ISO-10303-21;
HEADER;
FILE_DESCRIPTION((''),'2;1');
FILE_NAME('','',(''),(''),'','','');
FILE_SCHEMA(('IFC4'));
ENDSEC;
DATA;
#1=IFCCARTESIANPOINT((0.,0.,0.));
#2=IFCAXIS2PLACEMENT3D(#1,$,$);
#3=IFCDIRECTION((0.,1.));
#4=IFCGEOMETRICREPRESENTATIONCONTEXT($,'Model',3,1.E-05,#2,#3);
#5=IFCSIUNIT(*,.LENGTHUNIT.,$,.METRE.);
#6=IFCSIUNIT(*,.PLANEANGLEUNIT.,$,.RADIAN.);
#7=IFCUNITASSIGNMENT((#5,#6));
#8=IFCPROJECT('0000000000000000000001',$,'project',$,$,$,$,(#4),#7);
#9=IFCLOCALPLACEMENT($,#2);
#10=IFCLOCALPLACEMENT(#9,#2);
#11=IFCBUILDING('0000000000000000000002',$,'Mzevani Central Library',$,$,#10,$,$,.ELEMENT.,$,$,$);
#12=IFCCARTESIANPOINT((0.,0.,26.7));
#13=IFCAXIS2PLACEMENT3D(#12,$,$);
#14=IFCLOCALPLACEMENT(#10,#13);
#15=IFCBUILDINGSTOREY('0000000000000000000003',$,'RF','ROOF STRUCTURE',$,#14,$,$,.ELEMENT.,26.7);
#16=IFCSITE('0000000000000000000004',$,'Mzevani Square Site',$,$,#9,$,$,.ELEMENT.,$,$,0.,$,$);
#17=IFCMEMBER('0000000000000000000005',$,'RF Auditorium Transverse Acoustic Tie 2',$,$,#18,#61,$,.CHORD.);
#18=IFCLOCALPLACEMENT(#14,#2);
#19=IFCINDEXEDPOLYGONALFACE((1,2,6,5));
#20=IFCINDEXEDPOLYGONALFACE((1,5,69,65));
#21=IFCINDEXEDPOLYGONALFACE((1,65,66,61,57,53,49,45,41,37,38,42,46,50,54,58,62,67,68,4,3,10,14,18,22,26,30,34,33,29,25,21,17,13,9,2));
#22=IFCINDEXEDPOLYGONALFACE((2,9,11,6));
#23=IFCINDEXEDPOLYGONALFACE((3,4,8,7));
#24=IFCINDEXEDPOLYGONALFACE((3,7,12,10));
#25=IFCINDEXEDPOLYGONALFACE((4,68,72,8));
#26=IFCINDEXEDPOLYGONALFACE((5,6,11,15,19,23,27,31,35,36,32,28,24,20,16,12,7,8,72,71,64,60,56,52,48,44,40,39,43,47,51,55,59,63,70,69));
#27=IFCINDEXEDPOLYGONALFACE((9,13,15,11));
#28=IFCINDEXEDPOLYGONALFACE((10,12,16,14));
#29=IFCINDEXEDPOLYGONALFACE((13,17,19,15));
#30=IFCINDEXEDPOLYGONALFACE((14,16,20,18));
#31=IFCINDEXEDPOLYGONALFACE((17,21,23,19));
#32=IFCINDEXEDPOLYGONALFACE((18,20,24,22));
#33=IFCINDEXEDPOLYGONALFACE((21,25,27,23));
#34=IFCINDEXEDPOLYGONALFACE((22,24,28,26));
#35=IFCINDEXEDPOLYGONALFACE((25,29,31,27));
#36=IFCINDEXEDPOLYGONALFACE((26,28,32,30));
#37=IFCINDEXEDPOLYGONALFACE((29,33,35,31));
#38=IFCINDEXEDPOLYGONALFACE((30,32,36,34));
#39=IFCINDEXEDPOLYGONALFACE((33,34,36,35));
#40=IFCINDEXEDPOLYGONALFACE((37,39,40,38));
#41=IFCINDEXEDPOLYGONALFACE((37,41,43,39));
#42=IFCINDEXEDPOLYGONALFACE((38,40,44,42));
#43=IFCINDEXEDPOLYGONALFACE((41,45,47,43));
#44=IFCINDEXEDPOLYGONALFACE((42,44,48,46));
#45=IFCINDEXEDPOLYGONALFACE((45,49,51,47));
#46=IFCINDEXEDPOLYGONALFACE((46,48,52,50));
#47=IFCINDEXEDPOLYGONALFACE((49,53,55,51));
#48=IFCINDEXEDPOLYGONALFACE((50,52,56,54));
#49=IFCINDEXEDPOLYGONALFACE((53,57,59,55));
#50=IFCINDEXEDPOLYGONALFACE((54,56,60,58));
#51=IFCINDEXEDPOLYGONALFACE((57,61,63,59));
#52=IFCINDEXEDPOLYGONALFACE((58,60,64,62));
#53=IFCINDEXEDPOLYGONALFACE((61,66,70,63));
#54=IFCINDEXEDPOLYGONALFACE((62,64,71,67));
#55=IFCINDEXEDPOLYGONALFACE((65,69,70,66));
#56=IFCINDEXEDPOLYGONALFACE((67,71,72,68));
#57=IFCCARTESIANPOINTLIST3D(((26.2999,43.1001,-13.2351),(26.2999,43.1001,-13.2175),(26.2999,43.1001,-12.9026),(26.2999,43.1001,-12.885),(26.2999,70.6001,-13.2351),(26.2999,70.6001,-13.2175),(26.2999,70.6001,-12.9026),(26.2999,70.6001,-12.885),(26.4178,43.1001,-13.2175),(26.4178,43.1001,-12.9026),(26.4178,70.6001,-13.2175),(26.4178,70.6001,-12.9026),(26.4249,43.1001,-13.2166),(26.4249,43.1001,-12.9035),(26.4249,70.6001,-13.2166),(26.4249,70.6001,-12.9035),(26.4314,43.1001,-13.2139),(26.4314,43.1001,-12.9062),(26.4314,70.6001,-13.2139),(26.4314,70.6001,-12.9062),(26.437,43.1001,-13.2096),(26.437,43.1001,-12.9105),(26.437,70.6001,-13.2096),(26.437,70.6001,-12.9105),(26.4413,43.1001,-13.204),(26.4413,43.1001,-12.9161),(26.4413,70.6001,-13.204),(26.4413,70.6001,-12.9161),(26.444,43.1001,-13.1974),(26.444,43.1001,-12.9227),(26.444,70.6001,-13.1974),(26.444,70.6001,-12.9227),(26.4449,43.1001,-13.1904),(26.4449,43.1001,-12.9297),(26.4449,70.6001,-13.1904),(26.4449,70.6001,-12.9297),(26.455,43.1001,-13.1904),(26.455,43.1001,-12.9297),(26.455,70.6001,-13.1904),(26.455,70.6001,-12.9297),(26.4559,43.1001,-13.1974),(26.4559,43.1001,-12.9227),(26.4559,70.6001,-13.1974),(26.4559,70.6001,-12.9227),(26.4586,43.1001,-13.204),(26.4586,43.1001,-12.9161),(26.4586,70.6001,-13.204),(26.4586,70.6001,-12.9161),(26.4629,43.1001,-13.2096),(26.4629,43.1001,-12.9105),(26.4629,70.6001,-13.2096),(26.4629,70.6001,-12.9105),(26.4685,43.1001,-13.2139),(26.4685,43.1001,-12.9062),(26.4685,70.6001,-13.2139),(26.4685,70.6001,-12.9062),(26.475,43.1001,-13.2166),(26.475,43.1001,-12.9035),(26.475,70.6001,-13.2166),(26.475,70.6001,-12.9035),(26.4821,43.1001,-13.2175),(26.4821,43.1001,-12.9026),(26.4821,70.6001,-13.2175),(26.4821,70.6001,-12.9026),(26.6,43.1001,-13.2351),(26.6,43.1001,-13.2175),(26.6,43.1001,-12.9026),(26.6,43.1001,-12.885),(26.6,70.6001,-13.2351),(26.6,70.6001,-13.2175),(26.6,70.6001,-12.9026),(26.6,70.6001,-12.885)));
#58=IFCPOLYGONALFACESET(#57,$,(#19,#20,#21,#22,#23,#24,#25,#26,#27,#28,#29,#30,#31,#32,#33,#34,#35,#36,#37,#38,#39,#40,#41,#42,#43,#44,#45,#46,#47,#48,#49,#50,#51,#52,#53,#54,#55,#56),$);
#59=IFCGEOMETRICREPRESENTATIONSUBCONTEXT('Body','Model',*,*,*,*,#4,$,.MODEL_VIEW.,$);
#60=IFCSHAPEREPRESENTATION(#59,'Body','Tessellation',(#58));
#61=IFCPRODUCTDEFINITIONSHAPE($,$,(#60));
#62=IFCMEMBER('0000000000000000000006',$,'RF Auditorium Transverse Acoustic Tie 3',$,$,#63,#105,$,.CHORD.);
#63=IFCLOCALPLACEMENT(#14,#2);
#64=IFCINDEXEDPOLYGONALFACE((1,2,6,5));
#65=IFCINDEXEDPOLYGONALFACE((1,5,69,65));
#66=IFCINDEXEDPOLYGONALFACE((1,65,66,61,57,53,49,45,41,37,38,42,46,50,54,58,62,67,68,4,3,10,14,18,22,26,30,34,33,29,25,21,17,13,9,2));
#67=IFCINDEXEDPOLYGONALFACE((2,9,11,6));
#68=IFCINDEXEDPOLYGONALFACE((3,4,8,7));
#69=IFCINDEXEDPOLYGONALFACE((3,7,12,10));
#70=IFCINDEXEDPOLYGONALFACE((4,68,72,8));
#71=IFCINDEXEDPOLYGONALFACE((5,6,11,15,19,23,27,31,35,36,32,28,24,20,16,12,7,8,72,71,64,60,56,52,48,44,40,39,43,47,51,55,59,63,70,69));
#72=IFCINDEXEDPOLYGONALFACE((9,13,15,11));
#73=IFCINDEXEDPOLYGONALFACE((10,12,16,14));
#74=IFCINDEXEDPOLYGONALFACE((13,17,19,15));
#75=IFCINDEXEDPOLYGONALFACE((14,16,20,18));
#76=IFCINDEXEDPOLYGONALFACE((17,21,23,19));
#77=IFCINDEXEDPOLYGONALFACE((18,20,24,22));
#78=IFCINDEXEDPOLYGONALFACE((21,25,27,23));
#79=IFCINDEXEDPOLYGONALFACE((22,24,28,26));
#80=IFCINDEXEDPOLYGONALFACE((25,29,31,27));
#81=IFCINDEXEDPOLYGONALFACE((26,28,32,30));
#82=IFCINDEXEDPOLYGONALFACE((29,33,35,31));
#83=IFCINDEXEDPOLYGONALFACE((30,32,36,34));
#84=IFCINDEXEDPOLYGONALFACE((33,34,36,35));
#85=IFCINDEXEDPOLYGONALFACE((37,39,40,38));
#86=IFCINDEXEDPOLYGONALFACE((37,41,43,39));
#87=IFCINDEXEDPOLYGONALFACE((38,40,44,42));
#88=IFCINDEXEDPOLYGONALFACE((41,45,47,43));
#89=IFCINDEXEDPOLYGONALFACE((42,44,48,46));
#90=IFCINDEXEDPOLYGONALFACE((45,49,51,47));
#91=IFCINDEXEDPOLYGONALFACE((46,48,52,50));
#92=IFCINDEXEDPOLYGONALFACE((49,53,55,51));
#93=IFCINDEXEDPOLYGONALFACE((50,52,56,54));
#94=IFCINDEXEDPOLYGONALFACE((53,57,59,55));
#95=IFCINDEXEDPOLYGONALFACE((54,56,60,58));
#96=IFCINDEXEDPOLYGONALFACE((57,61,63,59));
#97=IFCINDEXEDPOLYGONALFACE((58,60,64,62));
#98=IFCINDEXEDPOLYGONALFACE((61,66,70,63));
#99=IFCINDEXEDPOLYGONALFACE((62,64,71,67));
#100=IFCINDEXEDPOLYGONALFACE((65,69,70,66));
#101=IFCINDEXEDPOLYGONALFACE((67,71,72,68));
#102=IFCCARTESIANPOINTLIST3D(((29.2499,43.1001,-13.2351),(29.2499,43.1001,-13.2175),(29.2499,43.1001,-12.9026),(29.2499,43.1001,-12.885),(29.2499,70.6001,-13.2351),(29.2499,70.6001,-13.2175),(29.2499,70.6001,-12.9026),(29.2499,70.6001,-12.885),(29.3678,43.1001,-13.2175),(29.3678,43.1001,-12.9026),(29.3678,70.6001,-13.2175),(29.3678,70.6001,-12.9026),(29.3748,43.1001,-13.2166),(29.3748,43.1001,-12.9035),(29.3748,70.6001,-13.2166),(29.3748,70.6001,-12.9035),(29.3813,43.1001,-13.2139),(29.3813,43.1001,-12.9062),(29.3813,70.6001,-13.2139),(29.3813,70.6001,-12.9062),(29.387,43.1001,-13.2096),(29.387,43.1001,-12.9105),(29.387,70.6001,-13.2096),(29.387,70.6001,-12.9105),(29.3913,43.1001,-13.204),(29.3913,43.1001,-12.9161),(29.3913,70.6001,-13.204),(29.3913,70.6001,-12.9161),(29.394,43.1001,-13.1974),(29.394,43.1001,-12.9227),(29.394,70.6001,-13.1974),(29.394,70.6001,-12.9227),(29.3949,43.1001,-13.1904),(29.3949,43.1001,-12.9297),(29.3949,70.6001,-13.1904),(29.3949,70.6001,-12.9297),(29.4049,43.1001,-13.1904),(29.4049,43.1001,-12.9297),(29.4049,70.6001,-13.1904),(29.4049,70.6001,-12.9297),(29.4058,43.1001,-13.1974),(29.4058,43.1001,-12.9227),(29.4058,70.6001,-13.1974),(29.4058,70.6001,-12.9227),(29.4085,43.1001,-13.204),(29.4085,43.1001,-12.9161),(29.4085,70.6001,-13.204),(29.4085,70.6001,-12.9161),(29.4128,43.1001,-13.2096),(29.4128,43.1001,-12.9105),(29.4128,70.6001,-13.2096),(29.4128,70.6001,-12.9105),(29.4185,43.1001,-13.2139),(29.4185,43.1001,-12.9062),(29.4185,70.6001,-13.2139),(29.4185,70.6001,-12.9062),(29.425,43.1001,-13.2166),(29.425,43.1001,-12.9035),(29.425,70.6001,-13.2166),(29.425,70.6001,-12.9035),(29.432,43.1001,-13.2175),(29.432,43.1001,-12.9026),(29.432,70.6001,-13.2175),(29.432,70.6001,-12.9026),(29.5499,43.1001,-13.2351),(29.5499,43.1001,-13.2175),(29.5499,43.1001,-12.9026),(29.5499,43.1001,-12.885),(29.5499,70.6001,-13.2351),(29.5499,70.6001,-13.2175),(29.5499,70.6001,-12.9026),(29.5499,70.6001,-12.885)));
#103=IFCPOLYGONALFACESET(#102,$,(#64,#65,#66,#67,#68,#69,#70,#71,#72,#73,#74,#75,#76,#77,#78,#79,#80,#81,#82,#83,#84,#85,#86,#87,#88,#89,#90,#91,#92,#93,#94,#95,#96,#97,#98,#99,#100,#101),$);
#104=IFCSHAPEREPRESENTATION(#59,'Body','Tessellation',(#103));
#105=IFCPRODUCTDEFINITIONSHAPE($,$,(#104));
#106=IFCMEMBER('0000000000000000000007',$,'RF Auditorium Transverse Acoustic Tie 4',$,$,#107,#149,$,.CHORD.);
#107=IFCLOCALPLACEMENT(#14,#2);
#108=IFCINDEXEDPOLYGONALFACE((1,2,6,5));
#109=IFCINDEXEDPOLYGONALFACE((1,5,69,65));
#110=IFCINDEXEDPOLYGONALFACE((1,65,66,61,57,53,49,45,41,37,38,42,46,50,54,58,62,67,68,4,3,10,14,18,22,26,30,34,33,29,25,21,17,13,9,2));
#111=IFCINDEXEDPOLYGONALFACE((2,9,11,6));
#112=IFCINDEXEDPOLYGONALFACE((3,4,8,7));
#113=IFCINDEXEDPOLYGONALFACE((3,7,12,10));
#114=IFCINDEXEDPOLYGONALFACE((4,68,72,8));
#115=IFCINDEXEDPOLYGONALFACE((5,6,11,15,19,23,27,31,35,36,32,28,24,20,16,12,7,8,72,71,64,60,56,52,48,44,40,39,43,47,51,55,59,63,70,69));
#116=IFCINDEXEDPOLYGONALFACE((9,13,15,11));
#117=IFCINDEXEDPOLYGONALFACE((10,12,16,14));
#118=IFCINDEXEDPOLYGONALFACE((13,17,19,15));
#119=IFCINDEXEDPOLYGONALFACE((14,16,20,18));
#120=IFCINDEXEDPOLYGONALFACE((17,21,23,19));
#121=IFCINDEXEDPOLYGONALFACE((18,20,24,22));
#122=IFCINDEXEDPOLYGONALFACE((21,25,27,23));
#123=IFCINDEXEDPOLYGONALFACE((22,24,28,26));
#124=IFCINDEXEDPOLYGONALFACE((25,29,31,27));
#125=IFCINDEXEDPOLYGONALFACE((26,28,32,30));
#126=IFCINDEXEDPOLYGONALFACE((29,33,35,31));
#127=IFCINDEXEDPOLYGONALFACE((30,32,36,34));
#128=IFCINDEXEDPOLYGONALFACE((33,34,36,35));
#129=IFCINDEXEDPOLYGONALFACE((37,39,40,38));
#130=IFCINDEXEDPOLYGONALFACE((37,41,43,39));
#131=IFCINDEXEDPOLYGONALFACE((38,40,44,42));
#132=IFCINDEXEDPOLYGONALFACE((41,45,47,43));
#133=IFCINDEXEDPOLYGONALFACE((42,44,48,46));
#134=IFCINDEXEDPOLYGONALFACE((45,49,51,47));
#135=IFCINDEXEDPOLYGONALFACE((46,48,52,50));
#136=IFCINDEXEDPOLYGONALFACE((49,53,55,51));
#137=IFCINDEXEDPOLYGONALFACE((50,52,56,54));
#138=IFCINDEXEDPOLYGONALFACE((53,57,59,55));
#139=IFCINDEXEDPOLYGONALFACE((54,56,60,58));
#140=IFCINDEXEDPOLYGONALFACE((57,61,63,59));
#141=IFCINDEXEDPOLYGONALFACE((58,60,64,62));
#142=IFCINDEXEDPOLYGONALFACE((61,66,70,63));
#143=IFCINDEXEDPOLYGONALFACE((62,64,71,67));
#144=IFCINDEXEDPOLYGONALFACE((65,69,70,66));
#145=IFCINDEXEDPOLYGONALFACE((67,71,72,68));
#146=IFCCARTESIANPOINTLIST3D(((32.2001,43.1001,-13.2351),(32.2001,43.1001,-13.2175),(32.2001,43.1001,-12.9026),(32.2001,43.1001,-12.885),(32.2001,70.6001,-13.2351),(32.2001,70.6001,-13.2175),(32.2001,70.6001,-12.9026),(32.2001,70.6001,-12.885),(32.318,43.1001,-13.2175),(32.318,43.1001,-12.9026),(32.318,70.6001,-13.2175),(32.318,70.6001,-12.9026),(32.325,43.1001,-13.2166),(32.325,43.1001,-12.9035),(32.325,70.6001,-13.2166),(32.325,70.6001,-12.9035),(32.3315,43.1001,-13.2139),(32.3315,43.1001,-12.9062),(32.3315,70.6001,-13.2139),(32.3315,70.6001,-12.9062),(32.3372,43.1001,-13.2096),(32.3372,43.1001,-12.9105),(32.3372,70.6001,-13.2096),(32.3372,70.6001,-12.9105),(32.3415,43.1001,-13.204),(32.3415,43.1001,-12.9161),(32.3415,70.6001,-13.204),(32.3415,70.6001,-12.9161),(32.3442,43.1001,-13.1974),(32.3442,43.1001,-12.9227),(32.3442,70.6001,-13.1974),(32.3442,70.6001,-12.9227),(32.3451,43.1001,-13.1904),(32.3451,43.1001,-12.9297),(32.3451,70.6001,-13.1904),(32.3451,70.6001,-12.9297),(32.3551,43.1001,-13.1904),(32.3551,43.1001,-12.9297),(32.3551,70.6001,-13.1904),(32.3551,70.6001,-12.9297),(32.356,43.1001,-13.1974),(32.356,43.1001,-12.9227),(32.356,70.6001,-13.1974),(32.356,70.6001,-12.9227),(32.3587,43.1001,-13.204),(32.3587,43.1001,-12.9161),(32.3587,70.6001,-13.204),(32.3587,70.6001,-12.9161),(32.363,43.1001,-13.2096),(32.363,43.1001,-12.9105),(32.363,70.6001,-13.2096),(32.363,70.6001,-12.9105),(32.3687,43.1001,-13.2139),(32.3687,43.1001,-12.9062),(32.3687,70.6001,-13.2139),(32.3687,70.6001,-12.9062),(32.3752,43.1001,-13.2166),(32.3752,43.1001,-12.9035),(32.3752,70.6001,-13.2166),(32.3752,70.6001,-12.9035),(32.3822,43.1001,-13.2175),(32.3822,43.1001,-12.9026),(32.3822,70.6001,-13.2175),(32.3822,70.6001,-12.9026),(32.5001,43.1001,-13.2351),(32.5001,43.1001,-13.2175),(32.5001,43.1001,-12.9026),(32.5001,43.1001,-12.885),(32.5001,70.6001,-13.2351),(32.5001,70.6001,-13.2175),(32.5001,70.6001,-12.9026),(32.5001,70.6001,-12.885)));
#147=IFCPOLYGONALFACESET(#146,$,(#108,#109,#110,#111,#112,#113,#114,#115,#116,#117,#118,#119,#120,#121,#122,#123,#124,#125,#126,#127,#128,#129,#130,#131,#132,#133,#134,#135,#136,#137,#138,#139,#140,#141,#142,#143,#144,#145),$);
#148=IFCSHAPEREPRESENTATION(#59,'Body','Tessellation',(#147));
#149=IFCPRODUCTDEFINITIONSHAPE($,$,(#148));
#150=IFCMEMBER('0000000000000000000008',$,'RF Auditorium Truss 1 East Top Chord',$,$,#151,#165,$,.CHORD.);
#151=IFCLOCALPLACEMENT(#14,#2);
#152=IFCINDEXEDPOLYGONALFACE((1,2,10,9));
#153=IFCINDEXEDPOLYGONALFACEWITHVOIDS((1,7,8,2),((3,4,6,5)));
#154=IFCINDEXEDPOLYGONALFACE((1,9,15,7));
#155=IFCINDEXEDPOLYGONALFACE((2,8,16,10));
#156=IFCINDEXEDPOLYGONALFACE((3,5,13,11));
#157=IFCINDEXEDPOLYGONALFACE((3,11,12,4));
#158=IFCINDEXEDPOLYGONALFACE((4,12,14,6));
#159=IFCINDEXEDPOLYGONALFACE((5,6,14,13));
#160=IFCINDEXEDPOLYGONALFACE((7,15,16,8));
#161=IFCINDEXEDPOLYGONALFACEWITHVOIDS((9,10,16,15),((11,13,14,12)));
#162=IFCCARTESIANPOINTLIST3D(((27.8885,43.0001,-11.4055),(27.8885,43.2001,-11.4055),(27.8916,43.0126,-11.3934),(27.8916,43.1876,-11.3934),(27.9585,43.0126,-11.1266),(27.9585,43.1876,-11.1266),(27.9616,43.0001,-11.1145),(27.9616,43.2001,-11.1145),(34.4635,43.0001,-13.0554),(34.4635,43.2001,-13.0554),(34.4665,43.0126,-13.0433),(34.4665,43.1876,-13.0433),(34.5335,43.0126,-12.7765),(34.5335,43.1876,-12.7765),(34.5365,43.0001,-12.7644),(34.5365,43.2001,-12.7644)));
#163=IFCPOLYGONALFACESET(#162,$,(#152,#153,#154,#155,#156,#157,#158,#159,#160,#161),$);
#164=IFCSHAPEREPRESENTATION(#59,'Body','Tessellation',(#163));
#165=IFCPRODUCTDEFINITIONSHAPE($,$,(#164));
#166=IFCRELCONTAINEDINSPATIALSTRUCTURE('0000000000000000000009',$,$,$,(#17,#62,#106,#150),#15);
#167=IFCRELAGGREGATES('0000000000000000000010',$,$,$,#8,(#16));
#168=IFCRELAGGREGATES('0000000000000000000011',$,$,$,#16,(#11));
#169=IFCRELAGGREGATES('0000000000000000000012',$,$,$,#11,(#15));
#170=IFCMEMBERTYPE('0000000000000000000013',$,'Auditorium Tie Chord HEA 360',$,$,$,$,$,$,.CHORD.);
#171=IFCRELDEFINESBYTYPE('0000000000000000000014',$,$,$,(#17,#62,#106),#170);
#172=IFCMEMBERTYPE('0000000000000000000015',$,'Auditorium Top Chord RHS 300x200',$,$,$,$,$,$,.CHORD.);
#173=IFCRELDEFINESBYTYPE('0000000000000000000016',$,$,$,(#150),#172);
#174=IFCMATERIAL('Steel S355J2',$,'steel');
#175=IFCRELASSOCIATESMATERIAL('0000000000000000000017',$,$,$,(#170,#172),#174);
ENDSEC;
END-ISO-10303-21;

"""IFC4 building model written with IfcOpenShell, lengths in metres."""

from ifc_helpers import new_model, si_unit, direction, frame, origin, origin_2d, place, context, subcontext, project, spatial, hollow_rectangle, i_section, extrude, material, material_profile, profile_set, type_object, element, save


model = new_model("IFC4")

# Units and contexts
model_context = context("Model", 3, precision=1e-05, world=origin(), true_north=direction((0.0, 1.0)))
body_context = subcontext(model_context, "Body", "Model", "MODEL_VIEW")
ifc_project = project(units=[si_unit("LENGTHUNIT", "METRE"), si_unit("PLANEANGLEUNIT", "RADIAN")], contexts=[model_context])

# Site, building, storey
site_placement = place(None, origin())
site = spatial("IfcSite", under=ifc_project, at=site_placement, Name="Mzevani Square Site", CompositionType="ELEMENT", RefElevation=0.0)
building_placement = place(site_placement, origin())
building = spatial("IfcBuilding", under=site, at=building_placement, Name="Mzevani Central Library", CompositionType="ELEMENT")
storey_placement = place(building_placement, frame((0.0, 0.0, 26.7)))
storey = spatial("IfcBuildingStorey", under=building, at=storey_placement, Name="RF", Description="ROOF STRUCTURE", CompositionType="ELEMENT", Elevation=26.7)

# Members
ifc_material_1 = material(Name="Steel S355J2", Category="steel")
ifc_material_profile_1 = material_profile(ifc_material_1, i_section(OverallWidth=0.3, OverallDepth=0.3501, WebThickness=0.01, FlangeThickness=0.0176, FilletRadius=0.0271, at=origin_2d()), Name="HEA 360")
ifc_profile_set_1 = profile_set([ifc_material_profile_1], Name="Steel S355J2")
member_type_1 = type_object("IfcMemberType", Name="Auditorium Tie Chord HEA 360", PredefinedType="CHORD", material=ifc_profile_set_1)
for number, where, z_axis, x_axis, name in (
    (1, (26.45, 43.1001, -13.0601), (0.0, 1.0, 0.0), (-1.0, 0.0, 0.0), "RF Auditorium Transverse Acoustic Tie 2"),
    (2, (29.3999, 43.1001, -13.0601), (0.0, 1.0, 0.0), (-1.0, 0.0, 0.0), "RF Auditorium Transverse Acoustic Tie 3"),
    (3, (32.3501, 43.1001, -13.0601), (0.0, 1.0, 0.0), (-1.0, 0.0, 0.0), "RF Auditorium Transverse Acoustic Tie 4"),
):
    element("IfcMember", number, at=place(storey_placement, frame(where, z_axis=z_axis, x_axis=x_axis)), inside=storey, type_object=member_type_1, Name=name, PredefinedType="CHORD", context=body_context, shape_type="SweptSolid", body=[
        extrude(i_section(OverallWidth=0.3, OverallDepth=0.3501, WebThickness=0.01, FlangeThickness=0.0176, FilletRadius=0.0271, at=origin_2d()), origin(), (0.0, 0.0, 1.0), 27.5),
    ])
ifc_material_profile_2 = material_profile(ifc_material_1, hollow_rectangle(XDim=0.2, YDim=0.3, WallThickness=0.0125, at=origin_2d()), Name="RHS 300x200x12.5")
ifc_profile_set_2 = profile_set([ifc_material_profile_2], Name="Steel S355J2")
member_type_2 = type_object("IfcMemberType", Name="Auditorium Top Chord RHS 300x200", PredefinedType="CHORD", material=ifc_profile_set_2)
member_1_placement = place(storey_placement, frame((27.925, 43.1001, -11.26), z_axis=(0.969928, 0.0, -0.243391), x_axis=(0.0, 1.0, 0.0)))
element("IfcMember", 4, at=member_1_placement, inside=storey, type_object=member_type_2, Name="RF Auditorium Truss 1 East Top Chord", PredefinedType="CHORD", context=body_context, shape_type="SweptSolid", body=[
    extrude(hollow_rectangle(XDim=0.2, YDim=0.3, WallThickness=0.0125, at=origin_2d()), origin(), (0.0, 0.0, 1.0), 6.7788),
])

save(model, "model.ifc")
